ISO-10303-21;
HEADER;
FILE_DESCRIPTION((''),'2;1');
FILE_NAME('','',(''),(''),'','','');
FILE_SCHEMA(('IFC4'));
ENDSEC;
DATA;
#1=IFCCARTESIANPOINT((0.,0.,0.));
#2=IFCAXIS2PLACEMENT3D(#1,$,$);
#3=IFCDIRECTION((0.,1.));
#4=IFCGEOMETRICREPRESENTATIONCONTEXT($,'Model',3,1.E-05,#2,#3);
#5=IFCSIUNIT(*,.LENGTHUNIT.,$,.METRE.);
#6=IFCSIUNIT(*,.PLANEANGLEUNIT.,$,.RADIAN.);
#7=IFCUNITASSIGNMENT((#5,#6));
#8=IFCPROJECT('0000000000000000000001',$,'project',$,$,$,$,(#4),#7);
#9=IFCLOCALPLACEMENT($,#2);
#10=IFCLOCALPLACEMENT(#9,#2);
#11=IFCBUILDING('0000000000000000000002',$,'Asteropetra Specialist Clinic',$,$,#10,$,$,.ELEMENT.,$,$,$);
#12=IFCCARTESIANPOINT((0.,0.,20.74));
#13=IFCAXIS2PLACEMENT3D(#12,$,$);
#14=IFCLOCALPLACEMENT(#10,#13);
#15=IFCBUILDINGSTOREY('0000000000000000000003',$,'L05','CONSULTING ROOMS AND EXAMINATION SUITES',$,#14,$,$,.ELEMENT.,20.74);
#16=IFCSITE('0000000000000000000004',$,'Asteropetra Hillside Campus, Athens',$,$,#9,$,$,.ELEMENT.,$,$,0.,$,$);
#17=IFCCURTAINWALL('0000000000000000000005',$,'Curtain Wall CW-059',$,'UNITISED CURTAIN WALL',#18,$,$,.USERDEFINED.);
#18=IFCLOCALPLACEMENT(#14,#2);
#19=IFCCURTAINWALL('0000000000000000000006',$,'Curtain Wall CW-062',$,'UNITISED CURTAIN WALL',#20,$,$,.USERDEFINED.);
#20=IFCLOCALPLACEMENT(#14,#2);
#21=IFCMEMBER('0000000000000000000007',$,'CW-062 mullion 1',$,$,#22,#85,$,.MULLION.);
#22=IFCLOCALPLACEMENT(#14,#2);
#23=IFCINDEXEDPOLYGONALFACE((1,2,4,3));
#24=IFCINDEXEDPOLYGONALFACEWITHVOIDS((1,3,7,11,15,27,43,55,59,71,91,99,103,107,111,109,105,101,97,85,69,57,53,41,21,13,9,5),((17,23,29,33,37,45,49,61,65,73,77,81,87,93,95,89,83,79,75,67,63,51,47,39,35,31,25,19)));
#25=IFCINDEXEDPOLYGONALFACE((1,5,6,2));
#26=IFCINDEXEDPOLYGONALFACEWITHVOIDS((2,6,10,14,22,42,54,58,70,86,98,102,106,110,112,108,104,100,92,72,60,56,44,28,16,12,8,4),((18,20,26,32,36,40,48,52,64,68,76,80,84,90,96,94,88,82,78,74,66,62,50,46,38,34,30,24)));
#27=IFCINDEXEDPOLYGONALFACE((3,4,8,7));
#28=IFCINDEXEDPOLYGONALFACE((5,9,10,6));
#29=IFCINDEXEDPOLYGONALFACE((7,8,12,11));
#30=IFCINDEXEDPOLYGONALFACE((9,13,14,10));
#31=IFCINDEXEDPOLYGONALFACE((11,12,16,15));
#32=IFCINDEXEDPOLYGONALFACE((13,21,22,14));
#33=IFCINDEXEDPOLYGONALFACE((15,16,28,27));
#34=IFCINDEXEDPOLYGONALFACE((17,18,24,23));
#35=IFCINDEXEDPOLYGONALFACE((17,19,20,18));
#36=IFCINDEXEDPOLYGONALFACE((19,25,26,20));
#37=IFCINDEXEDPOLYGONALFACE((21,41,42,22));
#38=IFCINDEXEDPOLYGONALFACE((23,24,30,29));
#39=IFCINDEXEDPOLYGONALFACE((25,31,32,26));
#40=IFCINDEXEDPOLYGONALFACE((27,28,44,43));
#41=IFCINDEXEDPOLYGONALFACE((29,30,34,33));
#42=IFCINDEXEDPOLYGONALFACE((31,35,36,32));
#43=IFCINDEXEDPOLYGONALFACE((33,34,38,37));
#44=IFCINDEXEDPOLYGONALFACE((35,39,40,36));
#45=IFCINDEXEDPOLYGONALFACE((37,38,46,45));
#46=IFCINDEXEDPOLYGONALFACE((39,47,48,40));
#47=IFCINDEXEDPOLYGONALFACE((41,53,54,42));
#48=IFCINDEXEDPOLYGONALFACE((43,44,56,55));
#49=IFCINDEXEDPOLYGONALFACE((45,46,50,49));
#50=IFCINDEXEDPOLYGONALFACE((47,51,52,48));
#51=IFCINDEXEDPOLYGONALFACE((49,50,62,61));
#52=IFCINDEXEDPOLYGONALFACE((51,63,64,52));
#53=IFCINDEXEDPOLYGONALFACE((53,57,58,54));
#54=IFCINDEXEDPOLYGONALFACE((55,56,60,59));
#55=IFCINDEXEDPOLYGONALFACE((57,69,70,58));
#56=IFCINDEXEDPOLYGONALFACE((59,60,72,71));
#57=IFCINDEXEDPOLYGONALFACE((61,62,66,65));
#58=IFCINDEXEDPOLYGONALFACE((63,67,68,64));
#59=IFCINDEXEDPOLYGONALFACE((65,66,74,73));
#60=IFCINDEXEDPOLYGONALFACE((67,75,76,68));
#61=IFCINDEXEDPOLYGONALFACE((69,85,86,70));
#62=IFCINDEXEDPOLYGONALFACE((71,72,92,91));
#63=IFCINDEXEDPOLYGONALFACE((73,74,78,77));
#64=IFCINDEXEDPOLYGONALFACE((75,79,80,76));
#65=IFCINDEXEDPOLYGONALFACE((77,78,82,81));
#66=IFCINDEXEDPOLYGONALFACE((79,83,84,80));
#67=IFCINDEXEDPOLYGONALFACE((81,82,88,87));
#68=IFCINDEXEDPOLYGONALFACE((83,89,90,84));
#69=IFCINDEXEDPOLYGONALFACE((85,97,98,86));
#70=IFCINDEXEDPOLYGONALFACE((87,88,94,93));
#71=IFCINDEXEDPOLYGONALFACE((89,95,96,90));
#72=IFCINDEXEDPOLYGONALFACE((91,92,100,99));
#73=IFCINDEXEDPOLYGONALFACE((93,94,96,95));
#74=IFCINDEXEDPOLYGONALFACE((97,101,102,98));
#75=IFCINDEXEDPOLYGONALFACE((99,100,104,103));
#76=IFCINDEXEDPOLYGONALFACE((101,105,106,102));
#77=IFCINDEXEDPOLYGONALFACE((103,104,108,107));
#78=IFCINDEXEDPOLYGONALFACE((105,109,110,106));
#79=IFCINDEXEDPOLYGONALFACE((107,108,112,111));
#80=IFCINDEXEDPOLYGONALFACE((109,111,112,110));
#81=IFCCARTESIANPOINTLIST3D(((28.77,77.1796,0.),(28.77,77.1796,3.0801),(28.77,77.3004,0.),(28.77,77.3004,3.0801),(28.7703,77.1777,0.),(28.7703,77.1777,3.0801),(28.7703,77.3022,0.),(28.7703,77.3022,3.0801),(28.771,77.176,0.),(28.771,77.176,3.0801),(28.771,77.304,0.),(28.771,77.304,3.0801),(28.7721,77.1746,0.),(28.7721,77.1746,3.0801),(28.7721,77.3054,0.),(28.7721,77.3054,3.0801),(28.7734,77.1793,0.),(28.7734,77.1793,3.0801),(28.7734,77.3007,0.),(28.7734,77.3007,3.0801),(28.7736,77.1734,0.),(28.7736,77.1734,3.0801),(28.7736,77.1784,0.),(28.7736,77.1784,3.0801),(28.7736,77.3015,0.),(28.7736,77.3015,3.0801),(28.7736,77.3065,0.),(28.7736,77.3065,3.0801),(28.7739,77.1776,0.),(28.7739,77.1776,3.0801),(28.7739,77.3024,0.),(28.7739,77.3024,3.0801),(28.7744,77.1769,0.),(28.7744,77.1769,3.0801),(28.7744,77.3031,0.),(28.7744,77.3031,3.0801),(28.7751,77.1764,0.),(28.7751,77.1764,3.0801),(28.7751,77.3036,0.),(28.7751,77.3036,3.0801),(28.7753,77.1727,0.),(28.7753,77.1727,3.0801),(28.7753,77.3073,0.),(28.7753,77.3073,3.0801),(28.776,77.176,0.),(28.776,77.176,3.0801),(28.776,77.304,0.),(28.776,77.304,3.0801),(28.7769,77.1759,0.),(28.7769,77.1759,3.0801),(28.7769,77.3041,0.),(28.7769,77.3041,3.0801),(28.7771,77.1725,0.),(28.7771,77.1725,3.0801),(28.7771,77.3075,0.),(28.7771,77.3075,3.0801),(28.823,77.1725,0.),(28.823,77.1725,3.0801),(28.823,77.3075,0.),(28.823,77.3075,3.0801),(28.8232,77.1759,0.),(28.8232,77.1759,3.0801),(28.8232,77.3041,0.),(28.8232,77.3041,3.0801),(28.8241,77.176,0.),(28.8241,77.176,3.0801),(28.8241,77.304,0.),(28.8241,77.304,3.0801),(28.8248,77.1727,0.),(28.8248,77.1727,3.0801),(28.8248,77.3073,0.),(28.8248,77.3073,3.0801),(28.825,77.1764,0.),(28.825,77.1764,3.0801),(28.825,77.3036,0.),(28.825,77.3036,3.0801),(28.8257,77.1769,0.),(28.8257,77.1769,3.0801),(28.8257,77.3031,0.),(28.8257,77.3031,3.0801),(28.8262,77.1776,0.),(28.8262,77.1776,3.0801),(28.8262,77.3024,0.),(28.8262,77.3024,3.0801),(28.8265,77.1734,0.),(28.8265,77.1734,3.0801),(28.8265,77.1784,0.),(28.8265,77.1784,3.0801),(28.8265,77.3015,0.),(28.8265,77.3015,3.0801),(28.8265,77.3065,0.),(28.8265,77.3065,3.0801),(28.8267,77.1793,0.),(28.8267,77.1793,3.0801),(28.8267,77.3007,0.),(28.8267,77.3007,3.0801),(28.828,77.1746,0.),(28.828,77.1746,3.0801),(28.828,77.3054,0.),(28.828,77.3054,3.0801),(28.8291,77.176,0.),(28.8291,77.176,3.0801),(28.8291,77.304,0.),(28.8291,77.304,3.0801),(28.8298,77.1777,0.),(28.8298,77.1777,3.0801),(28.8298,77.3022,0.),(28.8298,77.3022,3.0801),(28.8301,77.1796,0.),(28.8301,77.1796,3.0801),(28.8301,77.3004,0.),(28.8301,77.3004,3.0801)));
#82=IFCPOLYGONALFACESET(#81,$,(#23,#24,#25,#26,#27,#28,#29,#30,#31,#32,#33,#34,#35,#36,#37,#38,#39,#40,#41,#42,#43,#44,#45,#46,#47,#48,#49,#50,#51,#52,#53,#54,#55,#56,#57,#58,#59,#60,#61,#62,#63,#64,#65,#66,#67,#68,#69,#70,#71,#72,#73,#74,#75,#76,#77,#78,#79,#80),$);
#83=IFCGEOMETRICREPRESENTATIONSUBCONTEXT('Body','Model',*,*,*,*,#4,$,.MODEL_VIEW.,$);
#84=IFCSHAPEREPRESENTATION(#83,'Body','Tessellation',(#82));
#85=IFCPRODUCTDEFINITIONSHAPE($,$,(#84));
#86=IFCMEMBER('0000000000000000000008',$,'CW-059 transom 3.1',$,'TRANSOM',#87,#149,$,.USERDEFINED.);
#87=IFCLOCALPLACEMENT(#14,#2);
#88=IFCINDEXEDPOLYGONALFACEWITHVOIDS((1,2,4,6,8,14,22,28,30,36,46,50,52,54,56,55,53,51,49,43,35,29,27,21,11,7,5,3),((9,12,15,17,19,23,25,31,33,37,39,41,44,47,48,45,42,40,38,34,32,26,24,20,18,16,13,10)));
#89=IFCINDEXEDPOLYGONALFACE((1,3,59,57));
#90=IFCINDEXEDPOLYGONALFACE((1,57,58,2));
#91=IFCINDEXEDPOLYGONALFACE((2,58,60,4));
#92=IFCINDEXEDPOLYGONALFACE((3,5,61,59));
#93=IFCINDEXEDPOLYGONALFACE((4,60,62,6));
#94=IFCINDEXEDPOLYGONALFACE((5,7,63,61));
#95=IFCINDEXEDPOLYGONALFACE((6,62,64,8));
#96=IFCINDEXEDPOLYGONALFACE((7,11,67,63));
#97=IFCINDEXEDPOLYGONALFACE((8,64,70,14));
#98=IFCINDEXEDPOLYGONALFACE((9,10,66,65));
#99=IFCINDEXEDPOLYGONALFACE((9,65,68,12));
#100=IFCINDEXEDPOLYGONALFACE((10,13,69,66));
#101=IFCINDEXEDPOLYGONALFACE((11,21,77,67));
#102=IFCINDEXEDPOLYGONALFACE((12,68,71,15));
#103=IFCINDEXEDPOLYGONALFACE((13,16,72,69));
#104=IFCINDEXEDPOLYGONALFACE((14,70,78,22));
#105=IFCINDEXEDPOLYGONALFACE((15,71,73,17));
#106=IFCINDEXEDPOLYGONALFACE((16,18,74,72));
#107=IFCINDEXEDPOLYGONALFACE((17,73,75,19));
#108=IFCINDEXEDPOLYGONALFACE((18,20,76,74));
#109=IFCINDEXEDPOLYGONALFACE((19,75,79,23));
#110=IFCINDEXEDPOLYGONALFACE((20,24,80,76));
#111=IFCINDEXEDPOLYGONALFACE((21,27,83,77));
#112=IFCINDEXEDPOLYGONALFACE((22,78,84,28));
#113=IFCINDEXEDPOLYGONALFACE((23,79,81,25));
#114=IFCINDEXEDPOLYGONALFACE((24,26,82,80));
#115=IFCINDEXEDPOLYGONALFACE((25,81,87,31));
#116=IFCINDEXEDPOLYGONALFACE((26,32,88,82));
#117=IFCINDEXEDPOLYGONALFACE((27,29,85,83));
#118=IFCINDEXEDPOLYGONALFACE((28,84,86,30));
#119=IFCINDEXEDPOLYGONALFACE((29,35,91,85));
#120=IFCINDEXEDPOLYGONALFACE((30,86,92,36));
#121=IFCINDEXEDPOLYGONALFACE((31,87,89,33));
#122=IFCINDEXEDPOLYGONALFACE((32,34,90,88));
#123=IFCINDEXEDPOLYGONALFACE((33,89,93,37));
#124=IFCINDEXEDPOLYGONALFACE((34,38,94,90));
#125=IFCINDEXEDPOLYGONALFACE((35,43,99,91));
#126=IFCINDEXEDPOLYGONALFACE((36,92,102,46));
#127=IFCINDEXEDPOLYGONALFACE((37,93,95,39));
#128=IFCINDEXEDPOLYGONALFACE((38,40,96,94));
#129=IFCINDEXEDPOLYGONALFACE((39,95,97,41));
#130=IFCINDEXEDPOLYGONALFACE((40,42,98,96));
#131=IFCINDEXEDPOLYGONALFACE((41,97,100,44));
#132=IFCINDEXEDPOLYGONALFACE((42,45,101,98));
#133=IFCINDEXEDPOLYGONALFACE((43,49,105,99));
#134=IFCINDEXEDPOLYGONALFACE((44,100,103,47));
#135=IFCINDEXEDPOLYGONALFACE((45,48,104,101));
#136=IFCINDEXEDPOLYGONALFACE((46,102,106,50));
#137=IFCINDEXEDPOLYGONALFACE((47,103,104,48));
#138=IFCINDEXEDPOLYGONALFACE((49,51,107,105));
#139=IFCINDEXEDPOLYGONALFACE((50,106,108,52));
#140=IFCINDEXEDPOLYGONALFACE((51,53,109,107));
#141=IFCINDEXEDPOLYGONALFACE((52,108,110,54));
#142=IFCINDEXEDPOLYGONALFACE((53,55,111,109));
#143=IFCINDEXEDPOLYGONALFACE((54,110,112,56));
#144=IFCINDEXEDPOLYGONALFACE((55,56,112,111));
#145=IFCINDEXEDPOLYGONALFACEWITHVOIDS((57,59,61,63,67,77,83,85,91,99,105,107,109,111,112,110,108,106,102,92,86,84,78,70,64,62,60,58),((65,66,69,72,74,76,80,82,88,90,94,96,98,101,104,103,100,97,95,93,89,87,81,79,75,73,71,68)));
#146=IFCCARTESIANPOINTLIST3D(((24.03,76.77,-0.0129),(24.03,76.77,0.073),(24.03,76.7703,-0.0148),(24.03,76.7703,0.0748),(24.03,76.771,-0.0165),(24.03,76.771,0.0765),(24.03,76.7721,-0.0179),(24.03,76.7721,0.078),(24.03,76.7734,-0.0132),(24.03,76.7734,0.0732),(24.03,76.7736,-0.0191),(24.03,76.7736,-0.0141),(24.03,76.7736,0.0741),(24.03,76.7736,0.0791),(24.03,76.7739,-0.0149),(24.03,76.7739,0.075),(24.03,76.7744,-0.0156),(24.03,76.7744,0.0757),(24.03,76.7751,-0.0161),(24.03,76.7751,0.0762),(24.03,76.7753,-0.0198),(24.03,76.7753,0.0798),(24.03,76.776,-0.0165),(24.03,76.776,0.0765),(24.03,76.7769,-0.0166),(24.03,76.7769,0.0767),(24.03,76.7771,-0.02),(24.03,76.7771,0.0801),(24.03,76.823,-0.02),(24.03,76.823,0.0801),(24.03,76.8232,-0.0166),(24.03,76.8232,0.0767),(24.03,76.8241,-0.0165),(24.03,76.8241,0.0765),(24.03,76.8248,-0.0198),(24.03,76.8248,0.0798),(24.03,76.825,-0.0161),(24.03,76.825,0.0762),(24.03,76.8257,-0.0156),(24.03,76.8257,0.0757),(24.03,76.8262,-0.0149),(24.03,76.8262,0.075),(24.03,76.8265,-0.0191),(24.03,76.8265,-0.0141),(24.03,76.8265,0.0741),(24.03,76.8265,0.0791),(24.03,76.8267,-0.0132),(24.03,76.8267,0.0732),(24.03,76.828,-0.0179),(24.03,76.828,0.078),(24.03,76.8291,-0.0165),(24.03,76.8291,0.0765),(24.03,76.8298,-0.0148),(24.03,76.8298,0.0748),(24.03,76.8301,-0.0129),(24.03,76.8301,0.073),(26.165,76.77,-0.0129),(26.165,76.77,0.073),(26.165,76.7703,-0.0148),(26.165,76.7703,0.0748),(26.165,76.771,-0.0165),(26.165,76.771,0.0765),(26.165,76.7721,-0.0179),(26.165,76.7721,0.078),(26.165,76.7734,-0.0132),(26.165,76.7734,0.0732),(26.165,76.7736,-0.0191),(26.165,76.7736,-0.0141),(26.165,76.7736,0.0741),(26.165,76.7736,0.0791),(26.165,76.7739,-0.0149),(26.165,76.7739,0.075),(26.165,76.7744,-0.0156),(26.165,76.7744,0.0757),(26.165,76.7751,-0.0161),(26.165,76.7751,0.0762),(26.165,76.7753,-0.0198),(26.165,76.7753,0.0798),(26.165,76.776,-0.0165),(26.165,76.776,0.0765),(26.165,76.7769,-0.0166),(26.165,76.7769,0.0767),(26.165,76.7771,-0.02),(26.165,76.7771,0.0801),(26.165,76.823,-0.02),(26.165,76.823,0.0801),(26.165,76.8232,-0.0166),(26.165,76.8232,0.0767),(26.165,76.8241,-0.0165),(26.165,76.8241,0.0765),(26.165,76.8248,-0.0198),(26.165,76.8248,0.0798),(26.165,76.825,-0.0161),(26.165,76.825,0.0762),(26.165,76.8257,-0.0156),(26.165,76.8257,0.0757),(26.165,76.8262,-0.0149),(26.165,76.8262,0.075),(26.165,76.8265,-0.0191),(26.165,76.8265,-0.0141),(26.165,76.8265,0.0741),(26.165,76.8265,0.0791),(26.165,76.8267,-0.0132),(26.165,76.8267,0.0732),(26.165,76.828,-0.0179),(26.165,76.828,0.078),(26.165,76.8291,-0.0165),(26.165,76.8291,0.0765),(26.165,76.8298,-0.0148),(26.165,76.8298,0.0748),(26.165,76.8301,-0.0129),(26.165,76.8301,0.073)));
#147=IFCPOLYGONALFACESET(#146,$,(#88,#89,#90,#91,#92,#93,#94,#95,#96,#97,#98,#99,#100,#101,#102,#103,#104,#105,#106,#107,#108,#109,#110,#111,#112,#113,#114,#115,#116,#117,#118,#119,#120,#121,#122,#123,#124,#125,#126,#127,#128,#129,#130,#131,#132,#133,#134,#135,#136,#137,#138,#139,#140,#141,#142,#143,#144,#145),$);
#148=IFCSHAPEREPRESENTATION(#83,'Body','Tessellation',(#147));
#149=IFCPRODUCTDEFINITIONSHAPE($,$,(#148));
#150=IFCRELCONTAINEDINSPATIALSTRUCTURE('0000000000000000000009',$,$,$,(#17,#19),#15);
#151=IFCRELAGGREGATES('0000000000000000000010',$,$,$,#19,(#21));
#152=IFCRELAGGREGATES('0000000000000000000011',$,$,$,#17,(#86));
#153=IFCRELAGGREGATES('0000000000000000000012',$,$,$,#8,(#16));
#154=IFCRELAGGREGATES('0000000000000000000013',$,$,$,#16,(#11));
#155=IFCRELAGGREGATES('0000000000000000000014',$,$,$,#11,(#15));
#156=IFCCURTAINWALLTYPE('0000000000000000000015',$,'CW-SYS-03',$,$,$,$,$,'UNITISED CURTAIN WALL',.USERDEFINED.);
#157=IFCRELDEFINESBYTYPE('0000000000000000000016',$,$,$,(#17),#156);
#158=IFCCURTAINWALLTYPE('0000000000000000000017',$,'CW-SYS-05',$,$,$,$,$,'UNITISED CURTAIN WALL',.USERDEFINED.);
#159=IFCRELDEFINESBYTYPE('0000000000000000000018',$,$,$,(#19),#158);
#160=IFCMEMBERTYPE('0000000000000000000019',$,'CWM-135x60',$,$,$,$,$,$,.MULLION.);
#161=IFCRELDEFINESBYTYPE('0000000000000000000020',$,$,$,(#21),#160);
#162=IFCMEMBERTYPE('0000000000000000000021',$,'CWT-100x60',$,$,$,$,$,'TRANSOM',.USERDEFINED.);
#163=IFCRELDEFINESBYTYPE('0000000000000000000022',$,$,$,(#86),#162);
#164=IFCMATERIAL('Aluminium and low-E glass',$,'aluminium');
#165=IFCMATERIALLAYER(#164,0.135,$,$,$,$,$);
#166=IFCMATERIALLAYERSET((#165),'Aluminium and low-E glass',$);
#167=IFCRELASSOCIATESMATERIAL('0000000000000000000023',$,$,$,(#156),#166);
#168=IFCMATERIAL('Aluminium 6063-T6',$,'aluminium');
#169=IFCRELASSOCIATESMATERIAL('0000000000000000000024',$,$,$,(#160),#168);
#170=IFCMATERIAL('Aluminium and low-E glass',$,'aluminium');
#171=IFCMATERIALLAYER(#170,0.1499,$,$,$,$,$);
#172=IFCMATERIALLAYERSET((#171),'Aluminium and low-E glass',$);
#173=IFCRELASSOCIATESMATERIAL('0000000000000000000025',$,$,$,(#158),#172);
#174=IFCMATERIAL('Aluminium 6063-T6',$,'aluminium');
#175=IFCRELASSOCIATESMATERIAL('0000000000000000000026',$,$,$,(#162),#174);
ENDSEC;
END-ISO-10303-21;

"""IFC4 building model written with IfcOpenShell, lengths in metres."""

from ifc_helpers import new_model, si_unit, direction, frame, origin, origin_2d, place, context, subcontext, project, spatial, hollow_rectangle, extrude, material, layer, layer_set, material_profile, profile_set, type_object, element, aggregate, save


model = new_model("IFC4")

# Units and contexts
model_context = context("Model", 3, precision=1e-05, world=origin(), true_north=direction((0.0, 1.0)))
body_context = subcontext(model_context, "Body", "Model", "MODEL_VIEW")
ifc_project = project(units=[si_unit("LENGTHUNIT", "METRE"), si_unit("PLANEANGLEUNIT", "RADIAN")], contexts=[model_context])

# Site, building, storey
site_placement = place(None, origin())
site = spatial("IfcSite", under=ifc_project, at=site_placement, Name="Asteropetra Hillside Campus, Athens", CompositionType="ELEMENT", RefElevation=0.0)
building_placement = place(site_placement, origin())
building = spatial("IfcBuilding", under=site, at=building_placement, Name="Asteropetra Specialist Clinic", CompositionType="ELEMENT")
storey_placement = place(building_placement, frame((0.0, 0.0, 20.74)))
storey = spatial("IfcBuildingStorey", under=building, at=storey_placement, Name="L05", Description="CONSULTING ROOMS AND EXAMINATION SUITES", CompositionType="ELEMENT", Elevation=20.74)

# Curtain wall
ifc_material_1 = material(Name="Aluminium and low-E glass", Category="aluminium")
ifc_layer_1 = layer(ifc_material_1, 0.135)
ifc_layer_set_1 = layer_set([ifc_layer_1], Name="Aluminium and low-E glass")
curtain_wall_type_1 = type_object("IfcCurtainWallType", Name="CW-SYS-03", ElementType="UNITISED CURTAIN WALL", PredefinedType="USERDEFINED", material=ifc_layer_set_1)
curtain_wall_1_placement = place(storey_placement, origin())
curtain_wall_1 = element("IfcCurtainWall", 1, at=curtain_wall_1_placement, inside=storey, type_object=curtain_wall_type_1, Name="Curtain Wall CW-059", ObjectType="UNITISED CURTAIN WALL", PredefinedType="USERDEFINED")
ifc_material_2 = material(Name="Aluminium 6063-T6", Category="aluminium")
ifc_material_profile_1 = material_profile(ifc_material_2, hollow_rectangle(XDim=0.0601, YDim=0.135, WallThickness=0.0034, InnerFilletRadius=0.0034, OuterFilletRadius=0.0071, at=origin_2d()), Name="MUL 135x60x3.5")
ifc_profile_set_1 = profile_set([ifc_material_profile_1], Name="Aluminium 6063-T6")
member_type_1 = type_object("IfcMemberType", Name="CWM-135x60", PredefinedType="MULLION", material=ifc_profile_set_1)

# Curtain wall, member
ifc_material_3 = material(Name="Aluminium and low-E glass", Category="aluminium")
ifc_layer_2 = layer(ifc_material_3, 0.1499)
ifc_layer_set_2 = layer_set([ifc_layer_2], Name="Aluminium and low-E glass")
curtain_wall_type_2 = type_object("IfcCurtainWallType", Name="CW-SYS-05", ElementType="UNITISED CURTAIN WALL", PredefinedType="USERDEFINED", material=ifc_layer_set_2)
curtain_wall_2_placement = place(storey_placement, origin())
curtain_wall_2 = element("IfcCurtainWall", 2, at=curtain_wall_2_placement, inside=storey, type_object=curtain_wall_type_2, Name="Curtain Wall CW-062", ObjectType="UNITISED CURTAIN WALL", PredefinedType="USERDEFINED")
member_1_placement = place(storey_placement, frame((28.8, 77.24, 0.0), z_axis=(0.0, 0.0, 1.0), x_axis=(-1.0, 0.0, 0.0)))
member_1 = element("IfcMember", 3, at=member_1_placement, type_object=member_type_1, Name="CW-062 mullion 1", PredefinedType="MULLION", context=body_context, shape_type="SweptSolid", body=[
    extrude(hollow_rectangle(XDim=0.0601, YDim=0.135, WallThickness=0.0034, InnerFilletRadius=0.0034, OuterFilletRadius=0.0071, at=origin_2d()), origin(), (0.0, 0.0, 1.0), 3.0801),
])

# Member
ifc_material_4 = material(Name="Aluminium 6063-T6", Category="aluminium")
ifc_material_profile_2 = material_profile(ifc_material_4, hollow_rectangle(XDim=0.0601, YDim=0.1001, WallThickness=0.0034, InnerFilletRadius=0.0034, OuterFilletRadius=0.0071, at=origin_2d()), Name="TRN 100x60x3.5")
ifc_profile_set_2 = profile_set([ifc_material_profile_2], Name="Aluminium 6063-T6")
member_type_2 = type_object("IfcMemberType", Name="CWT-100x60", ElementType="TRANSOM", PredefinedType="USERDEFINED", material=ifc_profile_set_2)
member_2_placement = place(storey_placement, frame((24.03, 76.8, 0.03), z_axis=(1.0, 0.0, 0.0), x_axis=(0.0, 1.0, 0.0)))
member_2 = element("IfcMember", 4, at=member_2_placement, type_object=member_type_2, Name="CW-059 transom 3.1", ObjectType="TRANSOM", PredefinedType="USERDEFINED", context=body_context, shape_type="SweptSolid", body=[
    extrude(hollow_rectangle(XDim=0.0601, YDim=0.1001, WallThickness=0.0034, InnerFilletRadius=0.0034, OuterFilletRadius=0.0071, at=origin_2d()), origin(), (0.0, 0.0, 1.0), 2.135),
])
aggregate(curtain_wall_2, [member_1])

aggregate(curtain_wall_1, [member_2])

save(model, "model.ifc")
